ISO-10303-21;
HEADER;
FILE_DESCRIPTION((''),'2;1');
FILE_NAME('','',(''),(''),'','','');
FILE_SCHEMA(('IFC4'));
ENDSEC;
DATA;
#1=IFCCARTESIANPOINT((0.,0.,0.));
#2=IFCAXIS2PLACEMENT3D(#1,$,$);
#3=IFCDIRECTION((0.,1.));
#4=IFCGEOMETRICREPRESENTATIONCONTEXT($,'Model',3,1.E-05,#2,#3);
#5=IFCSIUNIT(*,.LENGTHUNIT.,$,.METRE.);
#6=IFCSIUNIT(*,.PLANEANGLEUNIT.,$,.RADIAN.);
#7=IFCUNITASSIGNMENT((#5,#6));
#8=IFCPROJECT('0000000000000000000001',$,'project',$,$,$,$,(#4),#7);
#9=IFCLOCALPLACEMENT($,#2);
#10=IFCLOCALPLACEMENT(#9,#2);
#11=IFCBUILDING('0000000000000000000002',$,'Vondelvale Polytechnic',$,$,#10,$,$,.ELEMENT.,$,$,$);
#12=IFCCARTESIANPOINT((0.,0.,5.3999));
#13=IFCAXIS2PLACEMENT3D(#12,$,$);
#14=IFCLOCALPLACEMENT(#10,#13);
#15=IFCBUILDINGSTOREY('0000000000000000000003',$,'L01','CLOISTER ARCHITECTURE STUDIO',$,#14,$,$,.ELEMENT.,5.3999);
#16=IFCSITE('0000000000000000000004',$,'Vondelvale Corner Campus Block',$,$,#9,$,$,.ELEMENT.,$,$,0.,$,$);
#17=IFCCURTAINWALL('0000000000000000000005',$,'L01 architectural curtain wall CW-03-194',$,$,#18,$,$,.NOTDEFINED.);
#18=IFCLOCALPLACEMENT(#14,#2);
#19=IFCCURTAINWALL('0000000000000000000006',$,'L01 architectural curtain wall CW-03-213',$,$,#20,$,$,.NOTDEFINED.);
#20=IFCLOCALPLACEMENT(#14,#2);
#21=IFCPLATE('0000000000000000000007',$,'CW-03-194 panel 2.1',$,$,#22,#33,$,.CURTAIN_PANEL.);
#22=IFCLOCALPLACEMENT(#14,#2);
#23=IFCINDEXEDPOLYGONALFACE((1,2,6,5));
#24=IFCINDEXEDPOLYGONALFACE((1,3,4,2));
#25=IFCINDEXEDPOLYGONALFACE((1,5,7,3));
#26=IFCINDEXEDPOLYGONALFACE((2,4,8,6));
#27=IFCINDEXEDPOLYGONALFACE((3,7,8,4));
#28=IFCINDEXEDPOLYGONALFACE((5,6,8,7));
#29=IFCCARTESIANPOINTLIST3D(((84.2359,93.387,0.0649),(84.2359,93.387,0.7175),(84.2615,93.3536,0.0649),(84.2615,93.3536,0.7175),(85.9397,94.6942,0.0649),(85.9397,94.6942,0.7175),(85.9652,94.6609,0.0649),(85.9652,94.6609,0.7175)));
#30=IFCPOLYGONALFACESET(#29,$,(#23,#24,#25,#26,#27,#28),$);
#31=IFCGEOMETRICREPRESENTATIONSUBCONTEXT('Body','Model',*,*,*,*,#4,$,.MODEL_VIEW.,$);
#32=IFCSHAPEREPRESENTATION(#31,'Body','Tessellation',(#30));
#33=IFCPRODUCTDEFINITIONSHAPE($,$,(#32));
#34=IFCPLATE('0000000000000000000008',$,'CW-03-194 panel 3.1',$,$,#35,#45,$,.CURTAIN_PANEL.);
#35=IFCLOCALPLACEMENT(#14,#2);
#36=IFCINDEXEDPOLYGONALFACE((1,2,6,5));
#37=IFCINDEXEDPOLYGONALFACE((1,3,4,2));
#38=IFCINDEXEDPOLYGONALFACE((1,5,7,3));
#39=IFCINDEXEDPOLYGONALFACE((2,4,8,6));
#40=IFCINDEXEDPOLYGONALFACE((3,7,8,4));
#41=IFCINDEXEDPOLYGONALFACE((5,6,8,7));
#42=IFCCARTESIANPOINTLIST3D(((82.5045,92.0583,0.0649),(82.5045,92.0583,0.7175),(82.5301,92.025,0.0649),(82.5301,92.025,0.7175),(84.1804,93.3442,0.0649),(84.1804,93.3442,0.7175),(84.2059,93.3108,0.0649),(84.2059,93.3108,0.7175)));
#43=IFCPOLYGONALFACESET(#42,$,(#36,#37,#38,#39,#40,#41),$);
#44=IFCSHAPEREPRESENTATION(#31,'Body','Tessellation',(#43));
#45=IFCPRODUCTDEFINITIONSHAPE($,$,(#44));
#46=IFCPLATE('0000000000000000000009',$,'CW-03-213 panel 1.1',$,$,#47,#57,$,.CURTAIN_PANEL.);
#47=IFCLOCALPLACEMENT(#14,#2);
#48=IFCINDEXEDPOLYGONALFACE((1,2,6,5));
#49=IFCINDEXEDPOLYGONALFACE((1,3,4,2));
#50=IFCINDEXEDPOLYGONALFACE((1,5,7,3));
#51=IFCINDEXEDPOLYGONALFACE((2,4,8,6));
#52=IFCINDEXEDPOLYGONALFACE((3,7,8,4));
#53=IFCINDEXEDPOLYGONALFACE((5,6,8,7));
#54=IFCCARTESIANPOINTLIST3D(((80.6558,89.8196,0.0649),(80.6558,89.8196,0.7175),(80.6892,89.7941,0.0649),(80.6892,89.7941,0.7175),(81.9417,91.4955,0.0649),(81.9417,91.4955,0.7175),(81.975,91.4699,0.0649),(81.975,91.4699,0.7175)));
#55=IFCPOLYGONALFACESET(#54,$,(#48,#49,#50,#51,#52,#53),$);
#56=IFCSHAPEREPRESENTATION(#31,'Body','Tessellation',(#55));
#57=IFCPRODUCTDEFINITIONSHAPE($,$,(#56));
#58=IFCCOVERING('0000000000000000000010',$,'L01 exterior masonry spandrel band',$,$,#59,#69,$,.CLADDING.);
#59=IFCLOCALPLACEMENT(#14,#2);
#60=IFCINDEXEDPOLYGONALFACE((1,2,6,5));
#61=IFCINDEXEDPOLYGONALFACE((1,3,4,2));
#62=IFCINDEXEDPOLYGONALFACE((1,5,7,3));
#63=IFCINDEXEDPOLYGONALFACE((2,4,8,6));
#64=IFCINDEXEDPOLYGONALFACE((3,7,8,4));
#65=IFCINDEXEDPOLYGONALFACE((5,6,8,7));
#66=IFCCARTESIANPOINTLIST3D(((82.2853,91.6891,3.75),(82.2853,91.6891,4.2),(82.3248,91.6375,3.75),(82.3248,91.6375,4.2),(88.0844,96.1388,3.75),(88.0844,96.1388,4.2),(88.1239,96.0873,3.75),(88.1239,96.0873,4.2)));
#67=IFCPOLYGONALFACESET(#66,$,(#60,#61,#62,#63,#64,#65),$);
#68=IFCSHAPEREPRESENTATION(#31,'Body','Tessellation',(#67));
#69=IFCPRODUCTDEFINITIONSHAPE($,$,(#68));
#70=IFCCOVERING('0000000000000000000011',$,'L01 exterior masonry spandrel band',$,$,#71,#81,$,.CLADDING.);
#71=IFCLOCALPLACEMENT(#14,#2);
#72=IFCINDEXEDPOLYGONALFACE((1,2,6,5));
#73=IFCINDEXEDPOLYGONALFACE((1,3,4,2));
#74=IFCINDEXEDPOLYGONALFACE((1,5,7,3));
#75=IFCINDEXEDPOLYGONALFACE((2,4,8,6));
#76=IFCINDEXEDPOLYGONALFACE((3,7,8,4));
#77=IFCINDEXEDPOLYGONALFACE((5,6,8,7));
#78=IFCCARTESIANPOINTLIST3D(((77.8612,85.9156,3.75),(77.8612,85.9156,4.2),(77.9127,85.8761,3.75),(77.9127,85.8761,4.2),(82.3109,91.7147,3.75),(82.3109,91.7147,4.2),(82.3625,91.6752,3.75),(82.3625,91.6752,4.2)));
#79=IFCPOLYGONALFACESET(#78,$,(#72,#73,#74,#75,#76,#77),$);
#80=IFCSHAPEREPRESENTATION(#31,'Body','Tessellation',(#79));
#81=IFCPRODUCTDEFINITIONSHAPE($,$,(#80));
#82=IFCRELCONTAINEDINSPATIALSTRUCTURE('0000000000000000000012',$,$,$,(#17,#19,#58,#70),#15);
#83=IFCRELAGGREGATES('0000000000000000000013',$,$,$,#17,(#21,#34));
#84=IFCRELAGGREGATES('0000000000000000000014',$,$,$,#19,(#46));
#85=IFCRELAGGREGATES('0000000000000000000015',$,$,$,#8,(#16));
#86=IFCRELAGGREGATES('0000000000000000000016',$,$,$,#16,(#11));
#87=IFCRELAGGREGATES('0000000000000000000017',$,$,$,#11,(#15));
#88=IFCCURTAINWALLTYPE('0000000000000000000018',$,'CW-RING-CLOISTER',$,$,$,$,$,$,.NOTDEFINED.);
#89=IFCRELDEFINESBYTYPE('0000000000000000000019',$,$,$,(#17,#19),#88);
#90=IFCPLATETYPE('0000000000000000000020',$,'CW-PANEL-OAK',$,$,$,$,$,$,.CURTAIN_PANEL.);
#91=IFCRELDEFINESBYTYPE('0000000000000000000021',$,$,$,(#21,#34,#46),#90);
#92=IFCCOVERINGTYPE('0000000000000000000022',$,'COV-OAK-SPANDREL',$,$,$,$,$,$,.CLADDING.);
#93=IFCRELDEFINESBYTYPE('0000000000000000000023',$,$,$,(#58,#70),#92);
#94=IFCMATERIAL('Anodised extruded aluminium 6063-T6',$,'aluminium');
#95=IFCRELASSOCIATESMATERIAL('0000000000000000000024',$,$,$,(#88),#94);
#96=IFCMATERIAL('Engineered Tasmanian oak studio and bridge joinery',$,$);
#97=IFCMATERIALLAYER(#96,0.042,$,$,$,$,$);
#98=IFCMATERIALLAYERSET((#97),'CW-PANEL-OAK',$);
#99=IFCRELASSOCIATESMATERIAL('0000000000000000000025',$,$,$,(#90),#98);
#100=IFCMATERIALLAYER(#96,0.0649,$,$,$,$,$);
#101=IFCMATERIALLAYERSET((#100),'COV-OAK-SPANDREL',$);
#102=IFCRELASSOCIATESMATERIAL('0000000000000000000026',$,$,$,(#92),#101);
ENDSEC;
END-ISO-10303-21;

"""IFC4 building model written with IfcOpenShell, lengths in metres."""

from ifc_helpers import new_model, si_unit, direction, frame, origin, origin_2d, place, context, subcontext, project, spatial, rectangle, extrude, material, layer, layer_set, type_object, element, aggregate, save


model = new_model("IFC4")

# Units and contexts
model_context = context("Model", 3, precision=1e-05, world=origin(), true_north=direction((0.0, 1.0)))
body_context = subcontext(model_context, "Body", "Model", "MODEL_VIEW")
ifc_project = project(units=[si_unit("LENGTHUNIT", "METRE"), si_unit("PLANEANGLEUNIT", "RADIAN")], contexts=[model_context])

# Site, building, storey
site_placement = place(None, origin())
site = spatial("IfcSite", under=ifc_project, at=site_placement, Name="Vondelvale Corner Campus Block", CompositionType="ELEMENT", RefElevation=0.0)
building_placement = place(site_placement, origin())
building = spatial("IfcBuilding", under=site, at=building_placement, Name="Vondelvale Polytechnic", CompositionType="ELEMENT")
storey_placement = place(building_placement, frame((0.0, 0.0, 5.3999)))
storey = spatial("IfcBuildingStorey", under=building, at=storey_placement, Name="L01", Description="CLOISTER ARCHITECTURE STUDIO", CompositionType="ELEMENT", Elevation=5.3999)

# Curtain walls
ifc_material_1 = material(Name="Anodised extruded aluminium 6063-T6", Category="aluminium")
curtain_wall_type = type_object("IfcCurtainWallType", Name="CW-RING-CLOISTER", PredefinedType="NOTDEFINED", material=ifc_material_1)
curtain_wall_1_placement = place(storey_placement, origin())
curtain_wall_1 = element("IfcCurtainWall", 1, at=curtain_wall_1_placement, inside=storey, type_object=curtain_wall_type, Name="L01 architectural curtain wall CW-03-194", PredefinedType="NOTDEFINED")
curtain_wall_2_placement = place(storey_placement, origin())
curtain_wall_2 = element("IfcCurtainWall", 2, at=curtain_wall_2_placement, inside=storey, type_object=curtain_wall_type, Name="L01 architectural curtain wall CW-03-213", PredefinedType="NOTDEFINED")

# Plates
ifc_material_2 = material(Name="Engineered Tasmanian oak studio and bridge joinery")
ifc_layer_1 = layer(ifc_material_2, 0.042)
ifc_layer_set_1 = layer_set([ifc_layer_1], Name="CW-PANEL-OAK")
plate_type_1 = type_object("IfcPlateType", Name="CW-PANEL-OAK", PredefinedType="CURTAIN_PANEL", material=ifc_layer_set_1)
plate_1_placement = place(storey_placement, frame((85.1006, 94.0239, 0.0649), z_axis=(0.0, 0.0, 1.0), x_axis=(-0.793364, -0.608748, 0.0)))
plate_1 = element("IfcPlate", 3, at=plate_1_placement, type_object=plate_type_1, Name="CW-03-194 panel 2.1", PredefinedType="CURTAIN_PANEL", context=body_context, shape_type="SweptSolid", body=[
    extrude(rectangle(XDim=2.1475, YDim=0.042, at=origin_2d()), origin(), (0.0, 0.0, 1.0), 0.6526),
])
plate_2_placement = place(storey_placement, frame((83.3552, 92.6846, 0.0649), z_axis=(0.0, 0.0, 1.0), x_axis=(-0.793364, -0.608748, 0.0)))
plate_2 = element("IfcPlate", 4, at=plate_2_placement, type_object=plate_type_1, Name="CW-03-194 panel 3.1", PredefinedType="CURTAIN_PANEL", context=body_context, shape_type="SweptSolid", body=[
    extrude(rectangle(XDim=2.1123, YDim=0.042, at=origin_2d()), origin(), (0.0, 0.0, 1.0), 0.6526),
])
aggregate(curtain_wall_1, [plate_1, plate_2])
plate_3_placement = place(storey_placement, frame((81.3154, 90.6448, 0.0649), z_axis=(0.0, 0.0, 1.0), x_axis=(-0.608748, -0.793364, 0.0)))
plate_3 = element("IfcPlate", 5, at=plate_3_placement, type_object=plate_type_1, Name="CW-03-213 panel 1.1", PredefinedType="CURTAIN_PANEL", context=body_context, shape_type="SweptSolid", body=[
    extrude(rectangle(XDim=2.1123, YDim=0.042, at=origin_2d()), origin(), (0.0, 0.0, 1.0), 0.6526),
])
aggregate(curtain_wall_2, [plate_3])

# Coverings
ifc_layer_2 = layer(ifc_material_2, 0.0649)
ifc_layer_set_2 = layer_set([ifc_layer_2], Name="COV-OAK-SPANDREL")
covering_type = type_object("IfcCoveringType", Name="COV-OAK-SPANDREL", PredefinedType="CLADDING", material=ifc_layer_set_2)
for number, where, z_axis, x_axis, name in (
    (6, (85.2046, 93.8882, 3.75), (0.0, 0.0, 1.0), (-0.793353, -0.608761, 0.0), "L01 exterior masonry spandrel band"),
    (7, (80.1118, 88.7954, 3.75), (0.0, 0.0, 1.0), (-0.608761, -0.793353, 0.0), "L01 exterior masonry spandrel band"),
):
    element("IfcCovering", number, at=place(storey_placement, frame(where, z_axis=z_axis, x_axis=x_axis)), inside=storey, type_object=covering_type, Name=name, PredefinedType="CLADDING", context=body_context, shape_type="SweptSolid", body=[
        extrude(rectangle(XDim=7.3096, YDim=0.0649, at=origin_2d()), origin(), (0.0, 0.0, 1.0), 0.45),
    ])

save(model, "model.ifc")
